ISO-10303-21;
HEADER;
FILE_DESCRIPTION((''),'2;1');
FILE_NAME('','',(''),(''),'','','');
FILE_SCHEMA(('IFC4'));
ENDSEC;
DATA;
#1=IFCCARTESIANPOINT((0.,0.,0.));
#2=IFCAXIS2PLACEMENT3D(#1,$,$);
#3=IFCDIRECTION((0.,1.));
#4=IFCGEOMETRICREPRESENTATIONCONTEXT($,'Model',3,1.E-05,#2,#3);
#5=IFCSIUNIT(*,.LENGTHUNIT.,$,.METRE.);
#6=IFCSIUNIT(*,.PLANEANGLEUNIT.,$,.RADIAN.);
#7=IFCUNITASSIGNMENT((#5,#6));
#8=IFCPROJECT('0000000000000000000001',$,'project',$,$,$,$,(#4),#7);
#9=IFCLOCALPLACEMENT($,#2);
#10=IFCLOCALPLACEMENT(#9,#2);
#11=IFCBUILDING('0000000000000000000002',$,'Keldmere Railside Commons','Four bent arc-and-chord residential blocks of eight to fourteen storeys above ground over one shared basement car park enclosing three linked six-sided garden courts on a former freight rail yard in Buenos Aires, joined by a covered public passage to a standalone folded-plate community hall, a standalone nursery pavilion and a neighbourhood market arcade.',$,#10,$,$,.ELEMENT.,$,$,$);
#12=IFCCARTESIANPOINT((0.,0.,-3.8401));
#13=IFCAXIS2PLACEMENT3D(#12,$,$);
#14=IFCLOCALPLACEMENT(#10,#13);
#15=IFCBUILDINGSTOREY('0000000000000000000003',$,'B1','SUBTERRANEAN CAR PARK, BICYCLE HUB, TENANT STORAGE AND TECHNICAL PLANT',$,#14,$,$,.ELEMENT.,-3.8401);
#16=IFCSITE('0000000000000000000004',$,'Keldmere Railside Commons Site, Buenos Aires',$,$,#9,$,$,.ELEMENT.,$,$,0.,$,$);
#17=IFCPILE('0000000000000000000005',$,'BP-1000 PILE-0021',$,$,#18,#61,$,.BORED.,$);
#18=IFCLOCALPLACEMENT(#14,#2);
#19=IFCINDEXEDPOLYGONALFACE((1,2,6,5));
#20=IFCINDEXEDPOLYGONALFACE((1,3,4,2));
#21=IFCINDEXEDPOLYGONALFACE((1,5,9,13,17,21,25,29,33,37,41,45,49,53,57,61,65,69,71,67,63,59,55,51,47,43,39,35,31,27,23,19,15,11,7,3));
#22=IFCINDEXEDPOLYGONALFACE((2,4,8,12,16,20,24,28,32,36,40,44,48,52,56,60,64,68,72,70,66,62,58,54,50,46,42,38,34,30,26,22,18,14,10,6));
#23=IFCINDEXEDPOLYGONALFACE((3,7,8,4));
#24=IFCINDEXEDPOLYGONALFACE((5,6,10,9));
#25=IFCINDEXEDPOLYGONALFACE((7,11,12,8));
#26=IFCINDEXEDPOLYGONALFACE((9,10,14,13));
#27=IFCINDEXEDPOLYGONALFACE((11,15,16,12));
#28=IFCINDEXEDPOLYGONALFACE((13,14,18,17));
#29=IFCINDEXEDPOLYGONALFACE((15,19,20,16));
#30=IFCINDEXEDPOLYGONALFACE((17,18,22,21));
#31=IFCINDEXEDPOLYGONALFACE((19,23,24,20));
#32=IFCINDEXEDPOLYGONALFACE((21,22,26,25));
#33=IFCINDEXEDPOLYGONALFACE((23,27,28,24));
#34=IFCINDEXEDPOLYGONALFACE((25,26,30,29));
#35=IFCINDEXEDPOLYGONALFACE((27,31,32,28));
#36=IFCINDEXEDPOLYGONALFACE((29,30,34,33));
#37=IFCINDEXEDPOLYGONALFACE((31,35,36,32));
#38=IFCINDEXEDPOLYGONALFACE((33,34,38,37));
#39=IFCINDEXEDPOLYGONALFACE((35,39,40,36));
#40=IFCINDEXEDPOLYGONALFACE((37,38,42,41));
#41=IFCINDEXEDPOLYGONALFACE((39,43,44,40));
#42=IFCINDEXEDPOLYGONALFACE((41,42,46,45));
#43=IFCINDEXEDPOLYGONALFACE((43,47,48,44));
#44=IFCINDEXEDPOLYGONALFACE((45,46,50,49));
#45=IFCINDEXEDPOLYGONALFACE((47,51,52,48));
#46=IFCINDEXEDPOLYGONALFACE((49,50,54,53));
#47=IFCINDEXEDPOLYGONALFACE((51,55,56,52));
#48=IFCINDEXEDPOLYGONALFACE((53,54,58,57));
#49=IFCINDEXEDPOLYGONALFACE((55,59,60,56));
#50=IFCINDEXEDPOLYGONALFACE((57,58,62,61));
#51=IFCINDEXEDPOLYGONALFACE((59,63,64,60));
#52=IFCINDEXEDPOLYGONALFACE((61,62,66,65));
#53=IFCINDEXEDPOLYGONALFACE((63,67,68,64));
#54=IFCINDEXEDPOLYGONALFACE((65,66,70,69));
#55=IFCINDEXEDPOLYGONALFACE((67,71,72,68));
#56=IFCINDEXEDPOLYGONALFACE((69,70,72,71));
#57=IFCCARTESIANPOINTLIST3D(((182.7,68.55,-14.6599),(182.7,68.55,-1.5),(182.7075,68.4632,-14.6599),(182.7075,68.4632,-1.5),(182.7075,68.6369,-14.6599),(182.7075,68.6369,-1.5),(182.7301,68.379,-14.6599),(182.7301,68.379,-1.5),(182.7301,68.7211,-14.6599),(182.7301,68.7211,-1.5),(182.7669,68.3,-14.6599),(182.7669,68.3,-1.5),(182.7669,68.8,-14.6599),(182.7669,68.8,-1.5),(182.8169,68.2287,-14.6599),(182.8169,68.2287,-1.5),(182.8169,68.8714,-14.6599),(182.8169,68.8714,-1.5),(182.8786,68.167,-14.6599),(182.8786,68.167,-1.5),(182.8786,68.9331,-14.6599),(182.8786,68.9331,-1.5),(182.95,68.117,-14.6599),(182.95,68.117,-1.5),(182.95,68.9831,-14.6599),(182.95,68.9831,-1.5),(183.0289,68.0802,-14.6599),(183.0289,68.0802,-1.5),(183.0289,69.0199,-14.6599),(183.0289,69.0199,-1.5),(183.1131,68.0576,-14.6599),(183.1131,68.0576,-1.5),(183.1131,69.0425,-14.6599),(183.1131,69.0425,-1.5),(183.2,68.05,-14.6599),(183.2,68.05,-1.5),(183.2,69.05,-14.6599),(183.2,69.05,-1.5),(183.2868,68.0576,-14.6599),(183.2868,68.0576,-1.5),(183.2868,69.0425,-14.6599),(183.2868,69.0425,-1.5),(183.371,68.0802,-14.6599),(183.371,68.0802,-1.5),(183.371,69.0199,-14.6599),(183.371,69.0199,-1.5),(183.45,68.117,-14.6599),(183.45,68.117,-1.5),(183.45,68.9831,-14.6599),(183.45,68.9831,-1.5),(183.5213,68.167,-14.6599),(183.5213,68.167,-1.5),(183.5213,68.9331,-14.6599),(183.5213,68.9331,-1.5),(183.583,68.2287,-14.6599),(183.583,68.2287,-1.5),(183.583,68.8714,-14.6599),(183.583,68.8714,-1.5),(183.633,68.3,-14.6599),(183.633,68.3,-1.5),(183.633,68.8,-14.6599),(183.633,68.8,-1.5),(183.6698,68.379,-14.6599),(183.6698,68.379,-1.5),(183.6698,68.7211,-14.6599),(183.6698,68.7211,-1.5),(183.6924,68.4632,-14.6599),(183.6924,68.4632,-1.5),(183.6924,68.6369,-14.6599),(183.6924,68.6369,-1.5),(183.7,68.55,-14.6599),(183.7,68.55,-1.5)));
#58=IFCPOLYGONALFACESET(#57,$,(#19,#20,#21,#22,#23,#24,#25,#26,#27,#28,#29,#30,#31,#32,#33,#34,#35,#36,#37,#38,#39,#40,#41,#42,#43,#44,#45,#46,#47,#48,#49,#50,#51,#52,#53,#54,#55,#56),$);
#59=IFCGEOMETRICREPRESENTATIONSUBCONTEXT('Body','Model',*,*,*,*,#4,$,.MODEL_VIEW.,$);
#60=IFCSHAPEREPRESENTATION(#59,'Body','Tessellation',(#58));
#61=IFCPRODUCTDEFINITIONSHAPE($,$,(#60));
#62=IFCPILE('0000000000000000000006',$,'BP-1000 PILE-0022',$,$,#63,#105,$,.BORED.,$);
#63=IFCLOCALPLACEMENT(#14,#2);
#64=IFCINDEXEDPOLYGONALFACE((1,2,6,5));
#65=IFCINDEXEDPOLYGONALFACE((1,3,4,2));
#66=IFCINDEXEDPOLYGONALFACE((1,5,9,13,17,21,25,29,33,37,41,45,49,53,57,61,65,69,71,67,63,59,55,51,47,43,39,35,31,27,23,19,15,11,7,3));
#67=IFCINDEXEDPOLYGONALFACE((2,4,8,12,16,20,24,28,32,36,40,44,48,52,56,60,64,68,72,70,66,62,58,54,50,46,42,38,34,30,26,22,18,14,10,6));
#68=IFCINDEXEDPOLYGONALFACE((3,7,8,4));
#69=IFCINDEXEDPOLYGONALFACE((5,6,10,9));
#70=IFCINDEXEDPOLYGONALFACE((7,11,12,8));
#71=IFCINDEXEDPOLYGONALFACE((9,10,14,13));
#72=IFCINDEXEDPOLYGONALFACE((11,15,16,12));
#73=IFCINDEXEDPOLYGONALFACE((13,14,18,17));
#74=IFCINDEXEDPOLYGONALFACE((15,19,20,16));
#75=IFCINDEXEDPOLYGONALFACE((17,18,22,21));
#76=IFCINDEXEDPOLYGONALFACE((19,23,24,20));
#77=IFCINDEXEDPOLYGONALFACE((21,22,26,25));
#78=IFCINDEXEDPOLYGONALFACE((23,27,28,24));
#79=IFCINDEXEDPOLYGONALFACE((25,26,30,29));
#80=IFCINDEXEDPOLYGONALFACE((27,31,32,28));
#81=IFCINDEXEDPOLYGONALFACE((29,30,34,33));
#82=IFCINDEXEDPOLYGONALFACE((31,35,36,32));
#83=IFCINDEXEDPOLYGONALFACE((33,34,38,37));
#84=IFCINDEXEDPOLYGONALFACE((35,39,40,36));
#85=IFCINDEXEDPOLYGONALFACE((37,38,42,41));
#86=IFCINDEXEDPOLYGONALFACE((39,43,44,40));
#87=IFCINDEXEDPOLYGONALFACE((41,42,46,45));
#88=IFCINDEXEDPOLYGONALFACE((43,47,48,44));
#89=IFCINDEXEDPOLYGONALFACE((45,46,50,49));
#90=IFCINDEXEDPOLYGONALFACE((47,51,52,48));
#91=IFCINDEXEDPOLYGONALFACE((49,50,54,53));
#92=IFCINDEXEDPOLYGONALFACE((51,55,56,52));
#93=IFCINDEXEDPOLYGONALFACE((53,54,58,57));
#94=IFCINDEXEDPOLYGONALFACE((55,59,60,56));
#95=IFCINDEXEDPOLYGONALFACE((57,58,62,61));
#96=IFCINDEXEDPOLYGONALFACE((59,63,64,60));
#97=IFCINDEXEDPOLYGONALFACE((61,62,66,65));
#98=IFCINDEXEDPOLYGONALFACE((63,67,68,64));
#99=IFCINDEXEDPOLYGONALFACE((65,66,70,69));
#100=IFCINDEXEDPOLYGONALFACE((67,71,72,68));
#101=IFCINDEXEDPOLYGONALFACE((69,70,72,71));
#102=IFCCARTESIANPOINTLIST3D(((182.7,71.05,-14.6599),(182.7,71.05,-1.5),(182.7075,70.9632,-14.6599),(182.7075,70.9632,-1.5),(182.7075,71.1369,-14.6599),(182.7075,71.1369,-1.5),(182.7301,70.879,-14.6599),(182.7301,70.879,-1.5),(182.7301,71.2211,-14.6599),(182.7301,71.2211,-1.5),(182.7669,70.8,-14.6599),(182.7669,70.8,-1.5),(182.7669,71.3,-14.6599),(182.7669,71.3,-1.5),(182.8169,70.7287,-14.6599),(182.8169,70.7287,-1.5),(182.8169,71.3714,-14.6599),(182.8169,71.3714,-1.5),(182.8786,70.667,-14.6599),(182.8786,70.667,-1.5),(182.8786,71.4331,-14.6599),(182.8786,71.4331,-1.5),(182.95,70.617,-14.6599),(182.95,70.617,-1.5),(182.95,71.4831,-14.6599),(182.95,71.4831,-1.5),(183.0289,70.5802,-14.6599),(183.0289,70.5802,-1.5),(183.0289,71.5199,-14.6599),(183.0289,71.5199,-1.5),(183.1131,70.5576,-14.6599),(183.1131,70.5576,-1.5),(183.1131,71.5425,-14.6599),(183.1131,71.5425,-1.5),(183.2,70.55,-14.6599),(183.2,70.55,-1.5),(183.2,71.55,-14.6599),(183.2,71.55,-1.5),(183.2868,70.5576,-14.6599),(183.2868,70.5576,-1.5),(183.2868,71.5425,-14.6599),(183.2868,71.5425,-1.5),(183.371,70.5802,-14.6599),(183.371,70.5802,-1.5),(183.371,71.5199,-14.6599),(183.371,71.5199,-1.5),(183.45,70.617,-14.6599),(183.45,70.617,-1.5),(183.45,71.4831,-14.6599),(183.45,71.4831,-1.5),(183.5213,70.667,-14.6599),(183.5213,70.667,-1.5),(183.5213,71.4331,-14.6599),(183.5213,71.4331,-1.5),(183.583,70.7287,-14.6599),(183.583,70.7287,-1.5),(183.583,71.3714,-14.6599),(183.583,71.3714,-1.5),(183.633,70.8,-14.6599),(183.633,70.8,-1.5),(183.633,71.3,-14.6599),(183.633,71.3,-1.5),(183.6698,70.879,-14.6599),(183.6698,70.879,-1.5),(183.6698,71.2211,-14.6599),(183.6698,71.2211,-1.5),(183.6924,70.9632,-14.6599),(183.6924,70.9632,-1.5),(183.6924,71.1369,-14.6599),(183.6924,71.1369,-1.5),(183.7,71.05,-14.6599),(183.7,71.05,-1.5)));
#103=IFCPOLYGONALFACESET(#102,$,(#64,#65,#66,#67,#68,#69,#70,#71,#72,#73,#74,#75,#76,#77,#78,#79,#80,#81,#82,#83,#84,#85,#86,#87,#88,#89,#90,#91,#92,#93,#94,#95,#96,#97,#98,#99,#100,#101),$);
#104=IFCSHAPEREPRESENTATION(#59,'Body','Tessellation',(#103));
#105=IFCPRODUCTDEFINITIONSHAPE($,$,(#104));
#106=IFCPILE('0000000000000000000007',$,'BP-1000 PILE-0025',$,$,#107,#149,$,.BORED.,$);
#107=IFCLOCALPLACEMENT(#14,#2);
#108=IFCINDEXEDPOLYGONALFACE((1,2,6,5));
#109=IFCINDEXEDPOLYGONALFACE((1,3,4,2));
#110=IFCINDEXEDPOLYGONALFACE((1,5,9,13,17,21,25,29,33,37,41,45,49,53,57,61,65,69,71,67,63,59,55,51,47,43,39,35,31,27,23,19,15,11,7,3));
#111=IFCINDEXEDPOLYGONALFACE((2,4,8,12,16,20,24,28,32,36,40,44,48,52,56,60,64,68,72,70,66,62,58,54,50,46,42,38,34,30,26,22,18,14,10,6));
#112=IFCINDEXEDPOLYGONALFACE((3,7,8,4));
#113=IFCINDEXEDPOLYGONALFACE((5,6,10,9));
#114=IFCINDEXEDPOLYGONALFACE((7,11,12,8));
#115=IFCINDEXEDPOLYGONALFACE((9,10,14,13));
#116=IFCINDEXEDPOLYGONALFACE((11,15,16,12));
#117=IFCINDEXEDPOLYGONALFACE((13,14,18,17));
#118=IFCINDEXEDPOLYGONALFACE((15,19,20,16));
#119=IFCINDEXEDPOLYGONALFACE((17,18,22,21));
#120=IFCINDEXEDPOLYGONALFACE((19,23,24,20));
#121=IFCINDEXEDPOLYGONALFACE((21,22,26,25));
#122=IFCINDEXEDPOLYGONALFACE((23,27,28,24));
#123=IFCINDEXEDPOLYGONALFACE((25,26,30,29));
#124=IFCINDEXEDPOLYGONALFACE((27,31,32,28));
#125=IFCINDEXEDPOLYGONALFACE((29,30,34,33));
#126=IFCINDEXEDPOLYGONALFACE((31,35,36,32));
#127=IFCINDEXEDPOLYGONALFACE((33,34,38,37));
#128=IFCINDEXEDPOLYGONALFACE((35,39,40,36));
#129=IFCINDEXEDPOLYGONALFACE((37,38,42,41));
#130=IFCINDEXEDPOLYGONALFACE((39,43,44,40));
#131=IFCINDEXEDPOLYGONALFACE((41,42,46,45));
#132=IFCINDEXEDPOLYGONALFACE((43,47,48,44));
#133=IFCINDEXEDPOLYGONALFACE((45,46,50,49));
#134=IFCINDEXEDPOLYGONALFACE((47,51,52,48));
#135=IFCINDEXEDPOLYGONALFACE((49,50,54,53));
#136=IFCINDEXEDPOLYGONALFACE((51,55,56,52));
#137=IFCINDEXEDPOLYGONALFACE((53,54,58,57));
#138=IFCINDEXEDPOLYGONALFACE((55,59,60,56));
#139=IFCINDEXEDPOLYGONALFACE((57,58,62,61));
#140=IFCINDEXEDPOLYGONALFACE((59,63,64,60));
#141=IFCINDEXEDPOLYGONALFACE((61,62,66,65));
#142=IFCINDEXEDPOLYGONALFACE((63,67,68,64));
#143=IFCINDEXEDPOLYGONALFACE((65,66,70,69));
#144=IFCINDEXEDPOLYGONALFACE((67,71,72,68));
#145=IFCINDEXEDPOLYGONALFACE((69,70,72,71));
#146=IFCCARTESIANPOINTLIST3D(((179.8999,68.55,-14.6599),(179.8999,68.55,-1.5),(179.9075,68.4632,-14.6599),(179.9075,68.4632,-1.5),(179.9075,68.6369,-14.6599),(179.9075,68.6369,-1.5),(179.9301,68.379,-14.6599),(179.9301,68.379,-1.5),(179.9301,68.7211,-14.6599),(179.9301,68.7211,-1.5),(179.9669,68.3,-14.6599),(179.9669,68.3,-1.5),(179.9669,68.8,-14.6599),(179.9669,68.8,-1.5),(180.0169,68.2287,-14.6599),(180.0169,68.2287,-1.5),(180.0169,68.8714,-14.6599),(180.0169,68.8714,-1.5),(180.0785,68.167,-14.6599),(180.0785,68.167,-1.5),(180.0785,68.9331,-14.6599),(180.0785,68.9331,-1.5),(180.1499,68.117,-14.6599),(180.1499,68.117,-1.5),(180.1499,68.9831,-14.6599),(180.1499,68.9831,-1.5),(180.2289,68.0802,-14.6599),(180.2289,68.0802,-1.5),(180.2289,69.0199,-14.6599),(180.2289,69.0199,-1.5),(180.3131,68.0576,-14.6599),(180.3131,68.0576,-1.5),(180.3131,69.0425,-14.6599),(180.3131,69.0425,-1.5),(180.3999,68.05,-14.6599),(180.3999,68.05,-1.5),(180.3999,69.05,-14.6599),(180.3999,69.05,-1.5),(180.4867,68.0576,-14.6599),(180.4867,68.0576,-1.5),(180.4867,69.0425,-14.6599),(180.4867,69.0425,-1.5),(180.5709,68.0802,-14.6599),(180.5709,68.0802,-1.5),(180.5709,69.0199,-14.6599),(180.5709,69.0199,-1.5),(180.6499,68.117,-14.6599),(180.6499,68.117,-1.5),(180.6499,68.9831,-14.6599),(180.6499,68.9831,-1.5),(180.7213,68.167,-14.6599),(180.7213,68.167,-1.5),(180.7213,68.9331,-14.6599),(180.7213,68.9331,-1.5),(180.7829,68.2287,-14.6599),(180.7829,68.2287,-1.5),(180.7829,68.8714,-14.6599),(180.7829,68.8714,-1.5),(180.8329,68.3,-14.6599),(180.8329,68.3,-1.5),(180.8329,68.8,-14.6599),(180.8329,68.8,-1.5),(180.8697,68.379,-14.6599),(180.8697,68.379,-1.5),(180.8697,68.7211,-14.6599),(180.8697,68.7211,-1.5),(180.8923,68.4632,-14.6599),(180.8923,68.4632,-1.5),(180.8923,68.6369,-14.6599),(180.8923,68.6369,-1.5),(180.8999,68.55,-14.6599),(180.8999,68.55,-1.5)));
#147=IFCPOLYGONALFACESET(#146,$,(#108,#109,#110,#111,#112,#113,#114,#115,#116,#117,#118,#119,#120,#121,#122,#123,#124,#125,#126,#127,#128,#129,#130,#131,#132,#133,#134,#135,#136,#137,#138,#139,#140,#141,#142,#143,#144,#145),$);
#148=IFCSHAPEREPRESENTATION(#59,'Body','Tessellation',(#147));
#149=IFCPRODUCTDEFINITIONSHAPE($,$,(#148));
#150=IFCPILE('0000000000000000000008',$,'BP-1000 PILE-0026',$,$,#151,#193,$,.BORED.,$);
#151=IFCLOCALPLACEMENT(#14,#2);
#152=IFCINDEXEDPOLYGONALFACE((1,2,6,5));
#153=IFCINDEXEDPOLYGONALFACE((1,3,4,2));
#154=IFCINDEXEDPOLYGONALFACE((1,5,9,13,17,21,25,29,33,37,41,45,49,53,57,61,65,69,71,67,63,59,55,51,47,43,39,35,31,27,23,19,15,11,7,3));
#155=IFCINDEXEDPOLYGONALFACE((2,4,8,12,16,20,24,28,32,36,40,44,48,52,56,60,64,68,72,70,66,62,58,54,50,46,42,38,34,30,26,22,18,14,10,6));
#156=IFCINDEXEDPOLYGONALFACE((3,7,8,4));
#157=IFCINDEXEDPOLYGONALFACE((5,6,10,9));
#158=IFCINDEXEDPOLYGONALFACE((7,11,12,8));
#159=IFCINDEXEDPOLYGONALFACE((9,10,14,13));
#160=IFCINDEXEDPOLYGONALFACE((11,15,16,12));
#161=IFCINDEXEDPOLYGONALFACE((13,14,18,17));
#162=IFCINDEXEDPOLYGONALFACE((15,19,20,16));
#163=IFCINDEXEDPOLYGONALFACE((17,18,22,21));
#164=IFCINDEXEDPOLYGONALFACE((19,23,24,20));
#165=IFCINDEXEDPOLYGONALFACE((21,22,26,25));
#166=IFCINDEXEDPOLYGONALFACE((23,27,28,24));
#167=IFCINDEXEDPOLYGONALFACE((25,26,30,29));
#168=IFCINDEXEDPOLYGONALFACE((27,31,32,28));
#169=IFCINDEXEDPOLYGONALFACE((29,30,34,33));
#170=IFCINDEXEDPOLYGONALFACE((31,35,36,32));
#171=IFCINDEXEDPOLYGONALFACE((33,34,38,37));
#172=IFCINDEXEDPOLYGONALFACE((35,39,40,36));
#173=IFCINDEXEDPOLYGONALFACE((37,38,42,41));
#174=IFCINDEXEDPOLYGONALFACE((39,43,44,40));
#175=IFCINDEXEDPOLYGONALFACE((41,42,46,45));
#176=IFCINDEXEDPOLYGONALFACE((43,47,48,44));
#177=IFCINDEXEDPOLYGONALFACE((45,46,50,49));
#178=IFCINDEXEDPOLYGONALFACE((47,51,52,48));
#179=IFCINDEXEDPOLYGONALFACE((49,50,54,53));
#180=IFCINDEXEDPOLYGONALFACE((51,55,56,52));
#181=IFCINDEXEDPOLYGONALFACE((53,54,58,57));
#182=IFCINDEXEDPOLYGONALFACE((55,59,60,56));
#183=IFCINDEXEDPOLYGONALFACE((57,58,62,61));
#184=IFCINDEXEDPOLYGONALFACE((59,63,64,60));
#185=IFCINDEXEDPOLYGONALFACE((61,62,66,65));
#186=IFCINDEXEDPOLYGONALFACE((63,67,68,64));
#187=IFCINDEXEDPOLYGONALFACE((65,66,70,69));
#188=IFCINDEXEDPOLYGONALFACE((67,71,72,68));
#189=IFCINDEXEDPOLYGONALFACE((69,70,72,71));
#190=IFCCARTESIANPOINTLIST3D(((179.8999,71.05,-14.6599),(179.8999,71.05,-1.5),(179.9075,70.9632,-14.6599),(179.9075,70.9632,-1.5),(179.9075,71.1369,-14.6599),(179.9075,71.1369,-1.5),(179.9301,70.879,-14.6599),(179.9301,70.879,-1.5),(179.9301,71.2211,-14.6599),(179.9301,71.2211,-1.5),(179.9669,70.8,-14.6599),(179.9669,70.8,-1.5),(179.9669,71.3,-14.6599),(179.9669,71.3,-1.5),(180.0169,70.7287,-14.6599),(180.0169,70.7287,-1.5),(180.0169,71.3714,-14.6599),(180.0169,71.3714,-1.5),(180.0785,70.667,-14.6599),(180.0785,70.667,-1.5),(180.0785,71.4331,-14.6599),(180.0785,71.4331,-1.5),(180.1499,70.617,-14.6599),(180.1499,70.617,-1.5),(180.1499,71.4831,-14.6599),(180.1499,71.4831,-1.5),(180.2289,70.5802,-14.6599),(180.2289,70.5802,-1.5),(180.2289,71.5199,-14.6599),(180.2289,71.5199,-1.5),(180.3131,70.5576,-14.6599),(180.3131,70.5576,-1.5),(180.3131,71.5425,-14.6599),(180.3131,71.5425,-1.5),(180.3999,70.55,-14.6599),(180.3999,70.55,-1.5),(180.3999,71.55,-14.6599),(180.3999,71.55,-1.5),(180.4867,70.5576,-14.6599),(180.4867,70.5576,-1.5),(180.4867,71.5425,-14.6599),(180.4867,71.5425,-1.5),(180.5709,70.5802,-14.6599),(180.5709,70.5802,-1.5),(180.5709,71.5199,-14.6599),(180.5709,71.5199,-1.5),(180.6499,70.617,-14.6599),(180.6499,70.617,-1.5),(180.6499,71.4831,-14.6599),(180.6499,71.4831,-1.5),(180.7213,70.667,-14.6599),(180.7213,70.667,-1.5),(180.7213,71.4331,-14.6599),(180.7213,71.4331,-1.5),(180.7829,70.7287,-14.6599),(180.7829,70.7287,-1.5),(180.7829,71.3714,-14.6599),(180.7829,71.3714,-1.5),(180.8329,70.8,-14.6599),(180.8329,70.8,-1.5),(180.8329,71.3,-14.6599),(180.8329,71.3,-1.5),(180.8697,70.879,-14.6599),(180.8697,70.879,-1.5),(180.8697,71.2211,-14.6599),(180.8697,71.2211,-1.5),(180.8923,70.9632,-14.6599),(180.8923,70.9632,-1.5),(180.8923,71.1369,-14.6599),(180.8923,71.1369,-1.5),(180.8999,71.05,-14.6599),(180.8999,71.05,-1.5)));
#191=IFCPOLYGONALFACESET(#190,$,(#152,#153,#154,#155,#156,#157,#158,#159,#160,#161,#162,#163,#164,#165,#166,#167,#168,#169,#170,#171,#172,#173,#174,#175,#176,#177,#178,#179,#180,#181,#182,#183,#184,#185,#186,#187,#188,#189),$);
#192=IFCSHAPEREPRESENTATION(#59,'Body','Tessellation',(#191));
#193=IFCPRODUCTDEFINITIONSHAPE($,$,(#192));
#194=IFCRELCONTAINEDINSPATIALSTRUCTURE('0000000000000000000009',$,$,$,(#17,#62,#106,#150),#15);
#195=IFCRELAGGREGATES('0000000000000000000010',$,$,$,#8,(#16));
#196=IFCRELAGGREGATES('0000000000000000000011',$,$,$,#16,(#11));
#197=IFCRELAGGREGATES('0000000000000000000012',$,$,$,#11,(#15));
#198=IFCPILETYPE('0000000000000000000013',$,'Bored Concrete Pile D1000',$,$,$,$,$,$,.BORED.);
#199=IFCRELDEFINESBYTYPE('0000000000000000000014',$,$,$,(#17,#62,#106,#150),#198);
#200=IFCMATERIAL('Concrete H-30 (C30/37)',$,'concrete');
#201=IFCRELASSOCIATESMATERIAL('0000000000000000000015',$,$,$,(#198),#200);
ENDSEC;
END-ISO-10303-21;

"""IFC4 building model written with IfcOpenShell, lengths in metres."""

from ifc_helpers import new_model, si_unit, direction, frame, origin, origin_2d, place, context, subcontext, project, spatial, circle, extrude, material, material_profile, profile_set, type_object, element, save


model = new_model("IFC4")

# Units and contexts
model_context = context("Model", 3, precision=1e-05, world=origin(), true_north=direction((0.0, 1.0)))
body_context = subcontext(model_context, "Body", "Model", "MODEL_VIEW")
ifc_project = project(units=[si_unit("LENGTHUNIT", "METRE"), si_unit("PLANEANGLEUNIT", "RADIAN")], contexts=[model_context])

# Site, building, storey
site_placement = place(None, origin())
site = spatial("IfcSite", under=ifc_project, at=site_placement, Name="Keldmere Railside Commons Site, Buenos Aires", CompositionType="ELEMENT", RefElevation=0.0)
building_placement = place(site_placement, origin())
building = spatial("IfcBuilding", under=site, at=building_placement, Name="Keldmere Railside Commons", Description="Four bent arc-and-chord residential blocks of eight to fourteen storeys above ground over one shared basement car park enclosing three linked six-sided garden courts on a former freight rail yard in Buenos Aires, joined by a covered public passage to a standalone folded-plate community hall, a standalone nursery pavilion and a neighbourhood market arcade.", CompositionType="ELEMENT")
storey_placement = place(building_placement, frame((0.0, 0.0, -3.8401)))
storey = spatial("IfcBuildingStorey", under=building, at=storey_placement, Name="B1", Description="SUBTERRANEAN CAR PARK, BICYCLE HUB, TENANT STORAGE AND TECHNICAL PLANT", CompositionType="ELEMENT", Elevation=-3.8401)

# Piles
ifc_material_1 = material(Name="Concrete H-30 (C30/37)", Category="concrete")
ifc_material_profile_1 = material_profile(ifc_material_1, circle(Radius=0.5, at=origin_2d()), Name="PILE-D1000")
ifc_profile_set_1 = profile_set([ifc_material_profile_1], Name="Concrete H-30 (C30/37)")
pile_type_1 = type_object("IfcPileType", Name="Bored Concrete Pile D1000", PredefinedType="BORED", material=ifc_profile_set_1)
for number, where, z_axis, x_axis, name in (
    (1, (183.2, 68.55, -1.5), (0.0, 0.0, -1.0), (1.0, 0.0, 0.0), "BP-1000 PILE-0021"),
    (2, (183.2, 71.05, -1.5), (0.0, 0.0, -1.0), (1.0, 0.0, 0.0), "BP-1000 PILE-0022"),
    (3, (180.3999, 68.55, -1.5), (0.0, 0.0, -1.0), (1.0, 0.0, 0.0), "BP-1000 PILE-0025"),
    (4, (180.3999, 71.05, -1.5), (0.0, 0.0, -1.0), (1.0, 0.0, 0.0), "BP-1000 PILE-0026"),
):
    element("IfcPile", number, at=place(storey_placement, frame(where, z_axis=z_axis, x_axis=x_axis)), inside=storey, type_object=pile_type_1, Name=name, PredefinedType="BORED", context=body_context, shape_type="SweptSolid", body=[
        extrude(circle(Radius=0.5, at=origin_2d()), origin(), (0.0, 0.0, 1.0), 13.1599),
    ])

save(model, "model.ifc")
